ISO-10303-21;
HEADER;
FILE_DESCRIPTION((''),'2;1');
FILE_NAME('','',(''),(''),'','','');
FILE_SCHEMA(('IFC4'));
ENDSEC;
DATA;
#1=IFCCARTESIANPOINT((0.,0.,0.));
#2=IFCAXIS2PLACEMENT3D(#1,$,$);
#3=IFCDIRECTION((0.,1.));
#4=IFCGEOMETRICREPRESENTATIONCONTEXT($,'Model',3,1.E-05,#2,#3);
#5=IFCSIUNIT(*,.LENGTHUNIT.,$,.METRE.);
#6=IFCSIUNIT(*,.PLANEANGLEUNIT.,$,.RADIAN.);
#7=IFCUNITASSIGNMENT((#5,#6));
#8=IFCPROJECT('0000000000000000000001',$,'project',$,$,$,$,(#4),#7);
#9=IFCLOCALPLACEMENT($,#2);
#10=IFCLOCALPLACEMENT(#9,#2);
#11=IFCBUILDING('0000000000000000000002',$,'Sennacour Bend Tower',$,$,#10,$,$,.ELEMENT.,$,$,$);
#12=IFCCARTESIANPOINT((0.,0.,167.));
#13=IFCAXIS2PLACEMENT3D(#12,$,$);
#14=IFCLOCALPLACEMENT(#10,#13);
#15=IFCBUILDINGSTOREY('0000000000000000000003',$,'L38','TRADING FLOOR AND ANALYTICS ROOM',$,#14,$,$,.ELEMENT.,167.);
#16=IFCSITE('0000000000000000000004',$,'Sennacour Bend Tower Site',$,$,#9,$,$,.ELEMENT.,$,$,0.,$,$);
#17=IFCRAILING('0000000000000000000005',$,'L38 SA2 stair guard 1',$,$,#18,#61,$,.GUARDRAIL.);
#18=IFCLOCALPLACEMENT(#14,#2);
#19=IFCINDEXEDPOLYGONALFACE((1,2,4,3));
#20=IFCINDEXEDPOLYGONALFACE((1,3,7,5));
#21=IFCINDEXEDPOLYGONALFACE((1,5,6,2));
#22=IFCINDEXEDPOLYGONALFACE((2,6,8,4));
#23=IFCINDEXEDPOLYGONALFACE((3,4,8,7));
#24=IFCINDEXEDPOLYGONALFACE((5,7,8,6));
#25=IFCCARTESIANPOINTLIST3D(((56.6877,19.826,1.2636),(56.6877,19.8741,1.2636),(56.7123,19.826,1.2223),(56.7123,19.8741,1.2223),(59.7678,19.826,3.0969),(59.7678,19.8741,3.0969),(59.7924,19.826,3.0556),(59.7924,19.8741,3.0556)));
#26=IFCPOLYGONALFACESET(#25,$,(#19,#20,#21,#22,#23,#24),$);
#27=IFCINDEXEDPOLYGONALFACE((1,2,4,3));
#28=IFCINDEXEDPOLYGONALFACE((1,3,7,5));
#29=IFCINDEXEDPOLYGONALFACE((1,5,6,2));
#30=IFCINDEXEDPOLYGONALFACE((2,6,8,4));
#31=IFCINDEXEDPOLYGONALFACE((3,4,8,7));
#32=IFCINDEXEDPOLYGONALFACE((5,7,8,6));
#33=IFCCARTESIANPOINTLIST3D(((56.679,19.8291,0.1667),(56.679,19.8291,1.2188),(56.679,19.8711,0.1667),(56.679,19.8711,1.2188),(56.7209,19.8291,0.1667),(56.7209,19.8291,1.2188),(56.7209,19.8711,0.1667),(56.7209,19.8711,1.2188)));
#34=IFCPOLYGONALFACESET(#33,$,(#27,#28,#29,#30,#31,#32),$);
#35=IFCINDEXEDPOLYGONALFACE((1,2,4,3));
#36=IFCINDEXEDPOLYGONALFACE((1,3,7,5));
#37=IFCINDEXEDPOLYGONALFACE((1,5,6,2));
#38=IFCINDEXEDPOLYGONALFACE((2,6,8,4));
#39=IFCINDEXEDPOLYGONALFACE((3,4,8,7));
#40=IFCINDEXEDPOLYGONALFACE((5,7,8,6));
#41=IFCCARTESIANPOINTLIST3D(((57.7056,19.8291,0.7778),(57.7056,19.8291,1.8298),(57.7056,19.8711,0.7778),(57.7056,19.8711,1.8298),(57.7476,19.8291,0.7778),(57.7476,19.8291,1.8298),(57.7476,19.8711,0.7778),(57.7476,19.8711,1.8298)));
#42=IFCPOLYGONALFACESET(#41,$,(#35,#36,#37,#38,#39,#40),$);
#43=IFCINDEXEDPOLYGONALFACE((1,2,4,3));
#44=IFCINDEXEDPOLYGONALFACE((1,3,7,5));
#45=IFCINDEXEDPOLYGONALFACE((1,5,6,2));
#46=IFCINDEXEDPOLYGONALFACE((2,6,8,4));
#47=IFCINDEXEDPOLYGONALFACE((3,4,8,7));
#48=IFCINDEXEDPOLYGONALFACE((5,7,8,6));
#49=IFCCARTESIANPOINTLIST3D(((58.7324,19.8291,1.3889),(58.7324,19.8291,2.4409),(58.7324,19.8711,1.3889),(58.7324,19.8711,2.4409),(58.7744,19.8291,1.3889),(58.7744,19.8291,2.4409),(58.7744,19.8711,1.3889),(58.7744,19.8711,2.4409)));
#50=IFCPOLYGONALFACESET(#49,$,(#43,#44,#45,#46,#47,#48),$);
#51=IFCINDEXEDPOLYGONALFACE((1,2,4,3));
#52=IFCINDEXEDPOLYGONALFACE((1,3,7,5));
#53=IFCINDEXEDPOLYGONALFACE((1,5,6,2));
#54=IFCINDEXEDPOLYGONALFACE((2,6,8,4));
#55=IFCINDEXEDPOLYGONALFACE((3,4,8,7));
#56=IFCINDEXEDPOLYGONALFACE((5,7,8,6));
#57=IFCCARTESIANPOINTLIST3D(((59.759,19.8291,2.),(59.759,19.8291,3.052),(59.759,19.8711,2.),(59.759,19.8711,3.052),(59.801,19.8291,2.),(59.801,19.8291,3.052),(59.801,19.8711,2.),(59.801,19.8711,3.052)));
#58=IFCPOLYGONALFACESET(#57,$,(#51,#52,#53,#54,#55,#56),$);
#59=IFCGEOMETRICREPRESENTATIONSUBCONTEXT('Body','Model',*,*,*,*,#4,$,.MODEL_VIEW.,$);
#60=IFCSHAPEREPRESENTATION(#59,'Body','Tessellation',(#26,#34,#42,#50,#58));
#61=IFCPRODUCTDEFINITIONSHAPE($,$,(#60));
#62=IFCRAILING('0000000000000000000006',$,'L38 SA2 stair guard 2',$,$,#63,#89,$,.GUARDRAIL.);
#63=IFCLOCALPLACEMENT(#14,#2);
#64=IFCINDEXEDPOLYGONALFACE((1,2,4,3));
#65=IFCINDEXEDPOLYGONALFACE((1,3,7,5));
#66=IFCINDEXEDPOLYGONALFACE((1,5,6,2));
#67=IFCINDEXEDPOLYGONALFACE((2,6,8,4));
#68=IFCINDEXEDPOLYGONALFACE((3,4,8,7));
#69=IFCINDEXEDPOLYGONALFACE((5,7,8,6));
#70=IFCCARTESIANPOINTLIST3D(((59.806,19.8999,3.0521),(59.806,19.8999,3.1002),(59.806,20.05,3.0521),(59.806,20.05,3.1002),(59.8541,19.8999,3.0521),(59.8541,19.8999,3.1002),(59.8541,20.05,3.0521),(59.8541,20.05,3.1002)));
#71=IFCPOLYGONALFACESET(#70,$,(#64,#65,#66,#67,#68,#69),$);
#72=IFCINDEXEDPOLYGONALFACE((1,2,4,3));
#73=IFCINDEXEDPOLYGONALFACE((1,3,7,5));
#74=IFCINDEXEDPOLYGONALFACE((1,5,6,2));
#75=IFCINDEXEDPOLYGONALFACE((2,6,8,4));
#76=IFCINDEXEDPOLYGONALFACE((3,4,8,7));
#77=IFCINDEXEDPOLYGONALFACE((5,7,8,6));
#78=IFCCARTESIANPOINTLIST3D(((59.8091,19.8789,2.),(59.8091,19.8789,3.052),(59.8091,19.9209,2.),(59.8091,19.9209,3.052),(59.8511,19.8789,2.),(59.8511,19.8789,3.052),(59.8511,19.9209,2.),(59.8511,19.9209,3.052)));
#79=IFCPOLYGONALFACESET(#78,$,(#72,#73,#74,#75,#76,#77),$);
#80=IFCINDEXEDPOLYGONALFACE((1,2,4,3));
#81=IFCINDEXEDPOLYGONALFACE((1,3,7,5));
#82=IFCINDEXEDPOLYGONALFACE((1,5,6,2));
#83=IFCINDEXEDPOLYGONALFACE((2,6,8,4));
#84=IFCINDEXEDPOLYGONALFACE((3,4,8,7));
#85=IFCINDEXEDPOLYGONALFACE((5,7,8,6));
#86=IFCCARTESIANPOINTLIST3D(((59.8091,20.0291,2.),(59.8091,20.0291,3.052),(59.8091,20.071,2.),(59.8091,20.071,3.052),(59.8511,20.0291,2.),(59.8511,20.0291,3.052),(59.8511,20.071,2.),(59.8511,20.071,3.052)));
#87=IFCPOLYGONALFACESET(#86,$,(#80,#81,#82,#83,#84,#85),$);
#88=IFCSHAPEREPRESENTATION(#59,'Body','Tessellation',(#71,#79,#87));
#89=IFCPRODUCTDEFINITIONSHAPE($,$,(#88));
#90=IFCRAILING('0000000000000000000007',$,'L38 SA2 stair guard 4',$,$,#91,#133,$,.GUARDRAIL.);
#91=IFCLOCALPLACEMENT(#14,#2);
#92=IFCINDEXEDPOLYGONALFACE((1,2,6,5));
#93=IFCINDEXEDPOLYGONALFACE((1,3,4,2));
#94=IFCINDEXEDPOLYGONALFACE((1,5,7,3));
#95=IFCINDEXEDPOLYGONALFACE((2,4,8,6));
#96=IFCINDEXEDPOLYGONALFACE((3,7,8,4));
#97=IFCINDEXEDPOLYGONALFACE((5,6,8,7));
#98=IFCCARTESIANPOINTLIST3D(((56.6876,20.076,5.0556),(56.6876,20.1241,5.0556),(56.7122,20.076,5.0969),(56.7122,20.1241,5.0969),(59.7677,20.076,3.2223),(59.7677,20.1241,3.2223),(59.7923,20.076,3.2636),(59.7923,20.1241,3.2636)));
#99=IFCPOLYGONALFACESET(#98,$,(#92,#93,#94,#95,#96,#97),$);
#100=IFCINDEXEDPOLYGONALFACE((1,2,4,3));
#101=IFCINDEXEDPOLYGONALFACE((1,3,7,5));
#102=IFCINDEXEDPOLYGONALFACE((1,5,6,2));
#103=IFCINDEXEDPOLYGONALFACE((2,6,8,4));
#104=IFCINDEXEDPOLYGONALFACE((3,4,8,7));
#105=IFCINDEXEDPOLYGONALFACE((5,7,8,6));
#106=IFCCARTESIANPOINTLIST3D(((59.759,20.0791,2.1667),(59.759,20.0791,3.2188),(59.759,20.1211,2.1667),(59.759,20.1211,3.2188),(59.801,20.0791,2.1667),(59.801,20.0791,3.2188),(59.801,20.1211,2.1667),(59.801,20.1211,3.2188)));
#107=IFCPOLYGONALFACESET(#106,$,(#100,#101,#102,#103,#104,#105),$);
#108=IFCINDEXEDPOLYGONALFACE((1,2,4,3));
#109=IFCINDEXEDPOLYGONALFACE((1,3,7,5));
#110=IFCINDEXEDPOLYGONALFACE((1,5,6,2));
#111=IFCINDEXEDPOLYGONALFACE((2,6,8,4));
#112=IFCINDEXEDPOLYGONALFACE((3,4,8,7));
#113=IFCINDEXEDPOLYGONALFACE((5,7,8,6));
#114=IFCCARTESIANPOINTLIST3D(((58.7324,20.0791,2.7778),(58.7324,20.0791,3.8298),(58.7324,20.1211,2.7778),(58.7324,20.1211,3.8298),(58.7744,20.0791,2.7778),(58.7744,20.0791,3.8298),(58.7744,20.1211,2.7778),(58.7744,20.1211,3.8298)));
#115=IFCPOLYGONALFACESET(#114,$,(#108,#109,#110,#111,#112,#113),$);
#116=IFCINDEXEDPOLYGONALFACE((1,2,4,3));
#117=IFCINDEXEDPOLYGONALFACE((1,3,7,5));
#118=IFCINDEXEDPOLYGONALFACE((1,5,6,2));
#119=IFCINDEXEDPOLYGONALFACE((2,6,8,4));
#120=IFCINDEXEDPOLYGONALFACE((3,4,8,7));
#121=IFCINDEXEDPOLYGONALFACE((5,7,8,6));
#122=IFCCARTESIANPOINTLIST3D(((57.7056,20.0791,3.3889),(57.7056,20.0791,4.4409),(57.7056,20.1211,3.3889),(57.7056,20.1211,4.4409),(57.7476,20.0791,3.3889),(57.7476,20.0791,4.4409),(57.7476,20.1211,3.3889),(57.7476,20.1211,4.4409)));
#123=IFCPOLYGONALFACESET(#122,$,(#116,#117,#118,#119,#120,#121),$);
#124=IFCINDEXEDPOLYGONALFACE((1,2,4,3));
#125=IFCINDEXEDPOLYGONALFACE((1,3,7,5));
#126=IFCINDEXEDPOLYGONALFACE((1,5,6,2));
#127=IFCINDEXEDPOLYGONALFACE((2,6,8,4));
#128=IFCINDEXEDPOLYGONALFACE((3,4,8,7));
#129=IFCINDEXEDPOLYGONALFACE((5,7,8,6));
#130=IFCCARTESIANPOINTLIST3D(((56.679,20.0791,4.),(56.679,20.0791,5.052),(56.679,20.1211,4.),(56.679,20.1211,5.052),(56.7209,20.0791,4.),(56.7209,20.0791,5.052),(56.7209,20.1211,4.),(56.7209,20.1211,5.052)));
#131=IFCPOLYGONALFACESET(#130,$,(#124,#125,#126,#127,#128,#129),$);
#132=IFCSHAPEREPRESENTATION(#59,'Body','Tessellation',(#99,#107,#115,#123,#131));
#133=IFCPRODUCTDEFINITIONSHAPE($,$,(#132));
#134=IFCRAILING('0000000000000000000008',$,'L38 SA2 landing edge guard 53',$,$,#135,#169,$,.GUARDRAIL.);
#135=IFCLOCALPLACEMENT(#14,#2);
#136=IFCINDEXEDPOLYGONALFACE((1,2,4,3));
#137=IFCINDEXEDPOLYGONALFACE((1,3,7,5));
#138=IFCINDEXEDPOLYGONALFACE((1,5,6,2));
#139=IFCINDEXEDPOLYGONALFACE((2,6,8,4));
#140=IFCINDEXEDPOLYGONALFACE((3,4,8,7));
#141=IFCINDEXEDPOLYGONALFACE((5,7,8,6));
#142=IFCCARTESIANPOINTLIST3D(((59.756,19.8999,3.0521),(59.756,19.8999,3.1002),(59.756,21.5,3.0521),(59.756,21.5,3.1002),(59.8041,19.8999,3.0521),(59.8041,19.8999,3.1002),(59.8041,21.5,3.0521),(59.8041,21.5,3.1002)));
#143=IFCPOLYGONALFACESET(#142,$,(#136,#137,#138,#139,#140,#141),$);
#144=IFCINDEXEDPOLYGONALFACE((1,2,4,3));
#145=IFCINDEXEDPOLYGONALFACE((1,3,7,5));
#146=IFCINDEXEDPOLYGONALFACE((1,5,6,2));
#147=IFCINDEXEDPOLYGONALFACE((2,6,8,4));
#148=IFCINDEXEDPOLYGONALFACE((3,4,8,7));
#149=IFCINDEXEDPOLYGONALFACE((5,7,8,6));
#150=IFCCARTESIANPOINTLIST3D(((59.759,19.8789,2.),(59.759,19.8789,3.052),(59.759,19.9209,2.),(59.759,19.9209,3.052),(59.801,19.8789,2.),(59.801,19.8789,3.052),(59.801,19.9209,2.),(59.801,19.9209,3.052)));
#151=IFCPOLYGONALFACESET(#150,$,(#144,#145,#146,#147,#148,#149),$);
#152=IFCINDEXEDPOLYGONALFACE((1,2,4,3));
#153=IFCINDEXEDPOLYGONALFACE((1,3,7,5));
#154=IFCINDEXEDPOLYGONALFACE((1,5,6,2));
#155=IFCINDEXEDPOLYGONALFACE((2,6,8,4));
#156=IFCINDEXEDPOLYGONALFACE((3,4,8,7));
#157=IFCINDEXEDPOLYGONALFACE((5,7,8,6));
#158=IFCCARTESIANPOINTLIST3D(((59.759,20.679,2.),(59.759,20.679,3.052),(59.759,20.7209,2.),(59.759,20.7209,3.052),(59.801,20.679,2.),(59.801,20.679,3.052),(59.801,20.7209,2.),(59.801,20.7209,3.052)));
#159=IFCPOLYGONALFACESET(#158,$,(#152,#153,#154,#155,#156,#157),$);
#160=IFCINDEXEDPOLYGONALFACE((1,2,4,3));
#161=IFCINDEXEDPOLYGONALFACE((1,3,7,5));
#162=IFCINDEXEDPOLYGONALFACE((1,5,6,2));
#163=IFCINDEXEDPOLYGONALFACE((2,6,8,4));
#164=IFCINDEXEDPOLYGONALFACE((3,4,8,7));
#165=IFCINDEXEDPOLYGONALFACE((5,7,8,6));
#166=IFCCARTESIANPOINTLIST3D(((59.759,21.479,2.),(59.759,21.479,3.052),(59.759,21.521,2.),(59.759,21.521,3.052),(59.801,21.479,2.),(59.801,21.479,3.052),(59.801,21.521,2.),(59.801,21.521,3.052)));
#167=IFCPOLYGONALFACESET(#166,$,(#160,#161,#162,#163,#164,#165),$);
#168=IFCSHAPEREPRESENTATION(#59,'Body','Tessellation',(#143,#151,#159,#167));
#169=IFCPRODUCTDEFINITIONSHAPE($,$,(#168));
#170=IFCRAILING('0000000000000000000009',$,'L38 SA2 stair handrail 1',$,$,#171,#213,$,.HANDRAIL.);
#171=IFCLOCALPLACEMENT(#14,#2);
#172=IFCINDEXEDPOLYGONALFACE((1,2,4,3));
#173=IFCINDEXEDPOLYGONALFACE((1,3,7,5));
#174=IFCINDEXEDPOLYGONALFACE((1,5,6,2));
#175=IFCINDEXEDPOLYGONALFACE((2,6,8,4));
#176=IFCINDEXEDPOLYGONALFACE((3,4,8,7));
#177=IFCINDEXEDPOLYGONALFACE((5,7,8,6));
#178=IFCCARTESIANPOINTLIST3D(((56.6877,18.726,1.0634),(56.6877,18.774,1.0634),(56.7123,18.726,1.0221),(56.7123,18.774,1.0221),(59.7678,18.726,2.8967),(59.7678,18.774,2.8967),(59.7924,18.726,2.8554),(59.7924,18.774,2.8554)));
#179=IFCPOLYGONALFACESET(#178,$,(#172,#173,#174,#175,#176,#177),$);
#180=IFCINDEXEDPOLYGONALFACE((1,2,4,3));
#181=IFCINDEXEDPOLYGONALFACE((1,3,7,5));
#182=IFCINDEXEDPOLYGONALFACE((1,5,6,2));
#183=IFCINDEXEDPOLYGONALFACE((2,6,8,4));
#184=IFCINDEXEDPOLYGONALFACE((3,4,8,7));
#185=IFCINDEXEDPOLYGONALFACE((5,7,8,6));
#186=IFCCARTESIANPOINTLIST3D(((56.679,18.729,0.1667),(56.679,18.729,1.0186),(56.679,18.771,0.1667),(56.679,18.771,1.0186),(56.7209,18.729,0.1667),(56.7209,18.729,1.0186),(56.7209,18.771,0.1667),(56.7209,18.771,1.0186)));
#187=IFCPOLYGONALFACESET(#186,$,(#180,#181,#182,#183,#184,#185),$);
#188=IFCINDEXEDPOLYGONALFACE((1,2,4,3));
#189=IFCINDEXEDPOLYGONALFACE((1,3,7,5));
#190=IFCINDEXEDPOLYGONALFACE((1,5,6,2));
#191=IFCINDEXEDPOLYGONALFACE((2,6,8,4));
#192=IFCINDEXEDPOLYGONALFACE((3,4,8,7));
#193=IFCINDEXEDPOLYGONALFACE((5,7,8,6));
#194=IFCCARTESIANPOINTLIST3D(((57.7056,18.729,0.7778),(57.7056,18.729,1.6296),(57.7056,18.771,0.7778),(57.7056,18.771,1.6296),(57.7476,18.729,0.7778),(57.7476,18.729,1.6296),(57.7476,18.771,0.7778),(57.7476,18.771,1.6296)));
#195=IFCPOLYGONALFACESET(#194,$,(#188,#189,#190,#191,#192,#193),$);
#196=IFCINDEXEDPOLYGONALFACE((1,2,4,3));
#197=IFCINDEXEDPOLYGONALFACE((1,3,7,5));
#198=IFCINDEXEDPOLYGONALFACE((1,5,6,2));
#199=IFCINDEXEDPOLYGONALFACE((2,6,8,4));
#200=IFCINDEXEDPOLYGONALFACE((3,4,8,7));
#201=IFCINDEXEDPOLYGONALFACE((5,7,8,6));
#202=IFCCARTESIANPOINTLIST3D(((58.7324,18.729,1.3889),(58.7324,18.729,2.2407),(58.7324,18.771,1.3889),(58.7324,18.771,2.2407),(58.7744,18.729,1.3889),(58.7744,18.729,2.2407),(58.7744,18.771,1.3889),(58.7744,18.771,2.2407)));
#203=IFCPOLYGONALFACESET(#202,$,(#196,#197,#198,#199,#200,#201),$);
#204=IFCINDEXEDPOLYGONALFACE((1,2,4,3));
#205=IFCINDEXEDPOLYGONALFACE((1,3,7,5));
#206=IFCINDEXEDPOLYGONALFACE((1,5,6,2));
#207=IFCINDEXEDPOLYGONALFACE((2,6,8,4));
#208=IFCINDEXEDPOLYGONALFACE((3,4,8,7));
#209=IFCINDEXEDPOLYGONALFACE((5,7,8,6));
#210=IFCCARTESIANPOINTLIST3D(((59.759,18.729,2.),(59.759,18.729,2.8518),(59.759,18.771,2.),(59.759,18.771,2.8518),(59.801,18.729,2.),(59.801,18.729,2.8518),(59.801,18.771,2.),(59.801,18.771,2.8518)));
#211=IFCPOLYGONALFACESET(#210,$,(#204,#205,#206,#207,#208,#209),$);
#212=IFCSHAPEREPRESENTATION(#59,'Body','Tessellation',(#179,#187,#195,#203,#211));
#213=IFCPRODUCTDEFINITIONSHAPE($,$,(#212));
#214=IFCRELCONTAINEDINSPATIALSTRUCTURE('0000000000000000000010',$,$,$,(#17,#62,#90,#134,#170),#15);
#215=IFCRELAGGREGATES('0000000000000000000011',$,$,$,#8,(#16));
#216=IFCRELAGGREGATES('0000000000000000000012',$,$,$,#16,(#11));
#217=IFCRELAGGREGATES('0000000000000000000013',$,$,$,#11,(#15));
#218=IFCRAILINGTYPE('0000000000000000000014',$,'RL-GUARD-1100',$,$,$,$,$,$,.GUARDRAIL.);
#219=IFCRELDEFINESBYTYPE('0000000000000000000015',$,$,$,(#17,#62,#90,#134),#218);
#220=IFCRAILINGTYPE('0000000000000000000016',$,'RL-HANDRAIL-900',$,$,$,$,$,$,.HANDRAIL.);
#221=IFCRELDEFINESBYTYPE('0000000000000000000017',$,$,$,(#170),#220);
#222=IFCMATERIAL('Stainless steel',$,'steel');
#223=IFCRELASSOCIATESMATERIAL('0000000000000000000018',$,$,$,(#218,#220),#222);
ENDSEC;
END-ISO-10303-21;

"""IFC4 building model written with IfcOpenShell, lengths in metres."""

from ifc_helpers import new_model, si_unit, direction, frame, origin, origin_2d, place, context, subcontext, project, spatial, rectangle, extrude, material, type_object, element, save


model = new_model("IFC4")

# Units and contexts
model_context = context("Model", 3, precision=1e-05, world=origin(), true_north=direction((0.0, 1.0)))
body_context = subcontext(model_context, "Body", "Model", "MODEL_VIEW")
ifc_project = project(units=[si_unit("LENGTHUNIT", "METRE"), si_unit("PLANEANGLEUNIT", "RADIAN")], contexts=[model_context])

# Site, building, storey
site_placement = place(None, origin())
site = spatial("IfcSite", under=ifc_project, at=site_placement, Name="Sennacour Bend Tower Site", CompositionType="ELEMENT", RefElevation=0.0)
building_placement = place(site_placement, origin())
building = spatial("IfcBuilding", under=site, at=building_placement, Name="Sennacour Bend Tower", CompositionType="ELEMENT")
storey_placement = place(building_placement, frame((0.0, 0.0, 167.0)))
storey = spatial("IfcBuildingStorey", under=building, at=storey_placement, Name="L38", Description="TRADING FLOOR AND ANALYTICS ROOM", CompositionType="ELEMENT", Elevation=167.0)

# Shared definitions
ifc_material_1 = material(Name="Stainless steel", Category="steel")

# Railings
railing_type_1 = type_object("IfcRailingType", Name="RL-GUARD-1100", PredefinedType="GUARDRAIL", material=ifc_material_1)
railing_1_placement = place(storey_placement, frame((56.7, 19.8501, 0.1667)))
element("IfcRailing", 1, at=railing_1_placement, inside=storey, type_object=railing_type_1, Name="L38 SA2 stair guard 1", PredefinedType="GUARDRAIL", context=body_context, shape_type="SweptSolid", body=[
    extrude(rectangle(XDim=0.0481, YDim=0.0481, at=origin_2d()), frame((0.0, 0.0, 1.0762), z_axis=(0.859309, 0.0, 0.511458), x_axis=(0.0, 1.0, 0.0)), (0.0, 0.0, 1.0), 3.5845),
    extrude(rectangle(XDim=0.042, YDim=0.042, at=origin_2d()), origin(), (0.0, 0.0, 1.0), 1.052),
    extrude(rectangle(XDim=0.042, YDim=0.042, at=origin_2d()), frame((1.0266, 0.0, 0.6111)), (0.0, 0.0, 1.0), 1.052),
    extrude(rectangle(XDim=0.042, YDim=0.042, at=origin_2d()), frame((2.0535, 0.0, 1.2222)), (0.0, 0.0, 1.0), 1.052),
    extrude(rectangle(XDim=0.042, YDim=0.042, at=origin_2d()), frame((3.0801, 0.0, 1.8333)), (0.0, 0.0, 1.0), 1.052),
])
railing_2_placement = place(storey_placement, frame((59.8301, 19.8999, 2.0)))
element("IfcRailing", 2, at=railing_2_placement, inside=storey, type_object=railing_type_1, Name="L38 SA2 stair guard 2", PredefinedType="GUARDRAIL", context=body_context, shape_type="SweptSolid", body=[
    extrude(rectangle(XDim=0.0481, YDim=0.0481, at=origin_2d()), frame((0.0, 0.0, 1.0762), z_axis=(0.0, 1.0, 0.0), x_axis=(-1.0, 0.0, 0.0)), (0.0, 0.0, 1.0), 0.1501),
    extrude(rectangle(XDim=0.042, YDim=0.042, at=origin_2d()), origin(), (0.0, 0.0, 1.0), 1.052),
    extrude(rectangle(XDim=0.042, YDim=0.042, at=origin_2d()), frame((0.0, 0.1501, 0.0)), (0.0, 0.0, 1.0), 1.052),
])
railing_3_placement = place(storey_placement, frame((59.78, 20.1001, 2.1667)))
element("IfcRailing", 3, at=railing_3_placement, inside=storey, type_object=railing_type_1, Name="L38 SA2 stair guard 4", PredefinedType="GUARDRAIL", context=body_context, shape_type="SweptSolid", body=[
    extrude(rectangle(XDim=0.0481, YDim=0.0481, at=origin_2d()), frame((0.0, 0.0, 1.0762), z_axis=(-0.859309, 0.0, 0.511458), x_axis=(0.0, -1.0, 0.0)), (0.0, 0.0, 1.0), 3.5845),
    extrude(rectangle(XDim=0.042, YDim=0.042, at=origin_2d()), origin(), (0.0, 0.0, 1.0), 1.052),
    extrude(rectangle(XDim=0.042, YDim=0.042, at=origin_2d()), frame((-1.0266, 0.0, 0.6111)), (0.0, 0.0, 1.0), 1.052),
    extrude(rectangle(XDim=0.042, YDim=0.042, at=origin_2d()), frame((-2.0535, 0.0, 1.2222)), (0.0, 0.0, 1.0), 1.052),
    extrude(rectangle(XDim=0.042, YDim=0.042, at=origin_2d()), frame((-3.0801, 0.0, 1.8333)), (0.0, 0.0, 1.0), 1.052),
])
railing_4_placement = place(storey_placement, frame((59.78, 19.8999, 2.0)))
element("IfcRailing", 4, at=railing_4_placement, inside=storey, type_object=railing_type_1, Name="L38 SA2 landing edge guard 53", PredefinedType="GUARDRAIL", context=body_context, shape_type="SweptSolid", body=[
    extrude(rectangle(XDim=0.0481, YDim=0.0481, at=origin_2d()), frame((0.0, 0.0, 1.0762), z_axis=(0.0, 1.0, 0.0), x_axis=(-1.0, 0.0, 0.0)), (0.0, 0.0, 1.0), 1.6001),
    extrude(rectangle(XDim=0.042, YDim=0.042, at=origin_2d()), origin(), (0.0, 0.0, 1.0), 1.052),
    extrude(rectangle(XDim=0.042, YDim=0.042, at=origin_2d()), frame((0.0, 0.8, 0.0)), (0.0, 0.0, 1.0), 1.052),
    extrude(rectangle(XDim=0.042, YDim=0.042, at=origin_2d()), frame((0.0, 1.6001, 0.0)), (0.0, 0.0, 1.0), 1.052),
])
railing_type_2 = type_object("IfcRailingType", Name="RL-HANDRAIL-900", PredefinedType="HANDRAIL", material=ifc_material_1)
railing_5_placement = place(storey_placement, frame((56.7, 18.75, 0.1667)))
element("IfcRailing", 5, at=railing_5_placement, inside=storey, type_object=railing_type_2, Name="L38 SA2 stair handrail 1", PredefinedType="HANDRAIL", context=body_context, shape_type="SweptSolid", body=[
    extrude(rectangle(XDim=0.0481, YDim=0.0481, at=origin_2d()), frame((0.0, 0.0, 0.876), z_axis=(0.859309, 0.0, 0.511458), x_axis=(0.0, 1.0, 0.0)), (0.0, 0.0, 1.0), 3.5845),
    extrude(rectangle(XDim=0.042, YDim=0.042, at=origin_2d()), origin(), (0.0, 0.0, 1.0), 0.8518),
    extrude(rectangle(XDim=0.042, YDim=0.042, at=origin_2d()), frame((1.0266, 0.0, 0.6111)), (0.0, 0.0, 1.0), 0.8518),
    extrude(rectangle(XDim=0.042, YDim=0.042, at=origin_2d()), frame((2.0535, 0.0, 1.2222)), (0.0, 0.0, 1.0), 0.8518),
    extrude(rectangle(XDim=0.042, YDim=0.042, at=origin_2d()), frame((3.0801, 0.0, 1.8333)), (0.0, 0.0, 1.0), 0.8518),
])

save(model, "model.ifc")
